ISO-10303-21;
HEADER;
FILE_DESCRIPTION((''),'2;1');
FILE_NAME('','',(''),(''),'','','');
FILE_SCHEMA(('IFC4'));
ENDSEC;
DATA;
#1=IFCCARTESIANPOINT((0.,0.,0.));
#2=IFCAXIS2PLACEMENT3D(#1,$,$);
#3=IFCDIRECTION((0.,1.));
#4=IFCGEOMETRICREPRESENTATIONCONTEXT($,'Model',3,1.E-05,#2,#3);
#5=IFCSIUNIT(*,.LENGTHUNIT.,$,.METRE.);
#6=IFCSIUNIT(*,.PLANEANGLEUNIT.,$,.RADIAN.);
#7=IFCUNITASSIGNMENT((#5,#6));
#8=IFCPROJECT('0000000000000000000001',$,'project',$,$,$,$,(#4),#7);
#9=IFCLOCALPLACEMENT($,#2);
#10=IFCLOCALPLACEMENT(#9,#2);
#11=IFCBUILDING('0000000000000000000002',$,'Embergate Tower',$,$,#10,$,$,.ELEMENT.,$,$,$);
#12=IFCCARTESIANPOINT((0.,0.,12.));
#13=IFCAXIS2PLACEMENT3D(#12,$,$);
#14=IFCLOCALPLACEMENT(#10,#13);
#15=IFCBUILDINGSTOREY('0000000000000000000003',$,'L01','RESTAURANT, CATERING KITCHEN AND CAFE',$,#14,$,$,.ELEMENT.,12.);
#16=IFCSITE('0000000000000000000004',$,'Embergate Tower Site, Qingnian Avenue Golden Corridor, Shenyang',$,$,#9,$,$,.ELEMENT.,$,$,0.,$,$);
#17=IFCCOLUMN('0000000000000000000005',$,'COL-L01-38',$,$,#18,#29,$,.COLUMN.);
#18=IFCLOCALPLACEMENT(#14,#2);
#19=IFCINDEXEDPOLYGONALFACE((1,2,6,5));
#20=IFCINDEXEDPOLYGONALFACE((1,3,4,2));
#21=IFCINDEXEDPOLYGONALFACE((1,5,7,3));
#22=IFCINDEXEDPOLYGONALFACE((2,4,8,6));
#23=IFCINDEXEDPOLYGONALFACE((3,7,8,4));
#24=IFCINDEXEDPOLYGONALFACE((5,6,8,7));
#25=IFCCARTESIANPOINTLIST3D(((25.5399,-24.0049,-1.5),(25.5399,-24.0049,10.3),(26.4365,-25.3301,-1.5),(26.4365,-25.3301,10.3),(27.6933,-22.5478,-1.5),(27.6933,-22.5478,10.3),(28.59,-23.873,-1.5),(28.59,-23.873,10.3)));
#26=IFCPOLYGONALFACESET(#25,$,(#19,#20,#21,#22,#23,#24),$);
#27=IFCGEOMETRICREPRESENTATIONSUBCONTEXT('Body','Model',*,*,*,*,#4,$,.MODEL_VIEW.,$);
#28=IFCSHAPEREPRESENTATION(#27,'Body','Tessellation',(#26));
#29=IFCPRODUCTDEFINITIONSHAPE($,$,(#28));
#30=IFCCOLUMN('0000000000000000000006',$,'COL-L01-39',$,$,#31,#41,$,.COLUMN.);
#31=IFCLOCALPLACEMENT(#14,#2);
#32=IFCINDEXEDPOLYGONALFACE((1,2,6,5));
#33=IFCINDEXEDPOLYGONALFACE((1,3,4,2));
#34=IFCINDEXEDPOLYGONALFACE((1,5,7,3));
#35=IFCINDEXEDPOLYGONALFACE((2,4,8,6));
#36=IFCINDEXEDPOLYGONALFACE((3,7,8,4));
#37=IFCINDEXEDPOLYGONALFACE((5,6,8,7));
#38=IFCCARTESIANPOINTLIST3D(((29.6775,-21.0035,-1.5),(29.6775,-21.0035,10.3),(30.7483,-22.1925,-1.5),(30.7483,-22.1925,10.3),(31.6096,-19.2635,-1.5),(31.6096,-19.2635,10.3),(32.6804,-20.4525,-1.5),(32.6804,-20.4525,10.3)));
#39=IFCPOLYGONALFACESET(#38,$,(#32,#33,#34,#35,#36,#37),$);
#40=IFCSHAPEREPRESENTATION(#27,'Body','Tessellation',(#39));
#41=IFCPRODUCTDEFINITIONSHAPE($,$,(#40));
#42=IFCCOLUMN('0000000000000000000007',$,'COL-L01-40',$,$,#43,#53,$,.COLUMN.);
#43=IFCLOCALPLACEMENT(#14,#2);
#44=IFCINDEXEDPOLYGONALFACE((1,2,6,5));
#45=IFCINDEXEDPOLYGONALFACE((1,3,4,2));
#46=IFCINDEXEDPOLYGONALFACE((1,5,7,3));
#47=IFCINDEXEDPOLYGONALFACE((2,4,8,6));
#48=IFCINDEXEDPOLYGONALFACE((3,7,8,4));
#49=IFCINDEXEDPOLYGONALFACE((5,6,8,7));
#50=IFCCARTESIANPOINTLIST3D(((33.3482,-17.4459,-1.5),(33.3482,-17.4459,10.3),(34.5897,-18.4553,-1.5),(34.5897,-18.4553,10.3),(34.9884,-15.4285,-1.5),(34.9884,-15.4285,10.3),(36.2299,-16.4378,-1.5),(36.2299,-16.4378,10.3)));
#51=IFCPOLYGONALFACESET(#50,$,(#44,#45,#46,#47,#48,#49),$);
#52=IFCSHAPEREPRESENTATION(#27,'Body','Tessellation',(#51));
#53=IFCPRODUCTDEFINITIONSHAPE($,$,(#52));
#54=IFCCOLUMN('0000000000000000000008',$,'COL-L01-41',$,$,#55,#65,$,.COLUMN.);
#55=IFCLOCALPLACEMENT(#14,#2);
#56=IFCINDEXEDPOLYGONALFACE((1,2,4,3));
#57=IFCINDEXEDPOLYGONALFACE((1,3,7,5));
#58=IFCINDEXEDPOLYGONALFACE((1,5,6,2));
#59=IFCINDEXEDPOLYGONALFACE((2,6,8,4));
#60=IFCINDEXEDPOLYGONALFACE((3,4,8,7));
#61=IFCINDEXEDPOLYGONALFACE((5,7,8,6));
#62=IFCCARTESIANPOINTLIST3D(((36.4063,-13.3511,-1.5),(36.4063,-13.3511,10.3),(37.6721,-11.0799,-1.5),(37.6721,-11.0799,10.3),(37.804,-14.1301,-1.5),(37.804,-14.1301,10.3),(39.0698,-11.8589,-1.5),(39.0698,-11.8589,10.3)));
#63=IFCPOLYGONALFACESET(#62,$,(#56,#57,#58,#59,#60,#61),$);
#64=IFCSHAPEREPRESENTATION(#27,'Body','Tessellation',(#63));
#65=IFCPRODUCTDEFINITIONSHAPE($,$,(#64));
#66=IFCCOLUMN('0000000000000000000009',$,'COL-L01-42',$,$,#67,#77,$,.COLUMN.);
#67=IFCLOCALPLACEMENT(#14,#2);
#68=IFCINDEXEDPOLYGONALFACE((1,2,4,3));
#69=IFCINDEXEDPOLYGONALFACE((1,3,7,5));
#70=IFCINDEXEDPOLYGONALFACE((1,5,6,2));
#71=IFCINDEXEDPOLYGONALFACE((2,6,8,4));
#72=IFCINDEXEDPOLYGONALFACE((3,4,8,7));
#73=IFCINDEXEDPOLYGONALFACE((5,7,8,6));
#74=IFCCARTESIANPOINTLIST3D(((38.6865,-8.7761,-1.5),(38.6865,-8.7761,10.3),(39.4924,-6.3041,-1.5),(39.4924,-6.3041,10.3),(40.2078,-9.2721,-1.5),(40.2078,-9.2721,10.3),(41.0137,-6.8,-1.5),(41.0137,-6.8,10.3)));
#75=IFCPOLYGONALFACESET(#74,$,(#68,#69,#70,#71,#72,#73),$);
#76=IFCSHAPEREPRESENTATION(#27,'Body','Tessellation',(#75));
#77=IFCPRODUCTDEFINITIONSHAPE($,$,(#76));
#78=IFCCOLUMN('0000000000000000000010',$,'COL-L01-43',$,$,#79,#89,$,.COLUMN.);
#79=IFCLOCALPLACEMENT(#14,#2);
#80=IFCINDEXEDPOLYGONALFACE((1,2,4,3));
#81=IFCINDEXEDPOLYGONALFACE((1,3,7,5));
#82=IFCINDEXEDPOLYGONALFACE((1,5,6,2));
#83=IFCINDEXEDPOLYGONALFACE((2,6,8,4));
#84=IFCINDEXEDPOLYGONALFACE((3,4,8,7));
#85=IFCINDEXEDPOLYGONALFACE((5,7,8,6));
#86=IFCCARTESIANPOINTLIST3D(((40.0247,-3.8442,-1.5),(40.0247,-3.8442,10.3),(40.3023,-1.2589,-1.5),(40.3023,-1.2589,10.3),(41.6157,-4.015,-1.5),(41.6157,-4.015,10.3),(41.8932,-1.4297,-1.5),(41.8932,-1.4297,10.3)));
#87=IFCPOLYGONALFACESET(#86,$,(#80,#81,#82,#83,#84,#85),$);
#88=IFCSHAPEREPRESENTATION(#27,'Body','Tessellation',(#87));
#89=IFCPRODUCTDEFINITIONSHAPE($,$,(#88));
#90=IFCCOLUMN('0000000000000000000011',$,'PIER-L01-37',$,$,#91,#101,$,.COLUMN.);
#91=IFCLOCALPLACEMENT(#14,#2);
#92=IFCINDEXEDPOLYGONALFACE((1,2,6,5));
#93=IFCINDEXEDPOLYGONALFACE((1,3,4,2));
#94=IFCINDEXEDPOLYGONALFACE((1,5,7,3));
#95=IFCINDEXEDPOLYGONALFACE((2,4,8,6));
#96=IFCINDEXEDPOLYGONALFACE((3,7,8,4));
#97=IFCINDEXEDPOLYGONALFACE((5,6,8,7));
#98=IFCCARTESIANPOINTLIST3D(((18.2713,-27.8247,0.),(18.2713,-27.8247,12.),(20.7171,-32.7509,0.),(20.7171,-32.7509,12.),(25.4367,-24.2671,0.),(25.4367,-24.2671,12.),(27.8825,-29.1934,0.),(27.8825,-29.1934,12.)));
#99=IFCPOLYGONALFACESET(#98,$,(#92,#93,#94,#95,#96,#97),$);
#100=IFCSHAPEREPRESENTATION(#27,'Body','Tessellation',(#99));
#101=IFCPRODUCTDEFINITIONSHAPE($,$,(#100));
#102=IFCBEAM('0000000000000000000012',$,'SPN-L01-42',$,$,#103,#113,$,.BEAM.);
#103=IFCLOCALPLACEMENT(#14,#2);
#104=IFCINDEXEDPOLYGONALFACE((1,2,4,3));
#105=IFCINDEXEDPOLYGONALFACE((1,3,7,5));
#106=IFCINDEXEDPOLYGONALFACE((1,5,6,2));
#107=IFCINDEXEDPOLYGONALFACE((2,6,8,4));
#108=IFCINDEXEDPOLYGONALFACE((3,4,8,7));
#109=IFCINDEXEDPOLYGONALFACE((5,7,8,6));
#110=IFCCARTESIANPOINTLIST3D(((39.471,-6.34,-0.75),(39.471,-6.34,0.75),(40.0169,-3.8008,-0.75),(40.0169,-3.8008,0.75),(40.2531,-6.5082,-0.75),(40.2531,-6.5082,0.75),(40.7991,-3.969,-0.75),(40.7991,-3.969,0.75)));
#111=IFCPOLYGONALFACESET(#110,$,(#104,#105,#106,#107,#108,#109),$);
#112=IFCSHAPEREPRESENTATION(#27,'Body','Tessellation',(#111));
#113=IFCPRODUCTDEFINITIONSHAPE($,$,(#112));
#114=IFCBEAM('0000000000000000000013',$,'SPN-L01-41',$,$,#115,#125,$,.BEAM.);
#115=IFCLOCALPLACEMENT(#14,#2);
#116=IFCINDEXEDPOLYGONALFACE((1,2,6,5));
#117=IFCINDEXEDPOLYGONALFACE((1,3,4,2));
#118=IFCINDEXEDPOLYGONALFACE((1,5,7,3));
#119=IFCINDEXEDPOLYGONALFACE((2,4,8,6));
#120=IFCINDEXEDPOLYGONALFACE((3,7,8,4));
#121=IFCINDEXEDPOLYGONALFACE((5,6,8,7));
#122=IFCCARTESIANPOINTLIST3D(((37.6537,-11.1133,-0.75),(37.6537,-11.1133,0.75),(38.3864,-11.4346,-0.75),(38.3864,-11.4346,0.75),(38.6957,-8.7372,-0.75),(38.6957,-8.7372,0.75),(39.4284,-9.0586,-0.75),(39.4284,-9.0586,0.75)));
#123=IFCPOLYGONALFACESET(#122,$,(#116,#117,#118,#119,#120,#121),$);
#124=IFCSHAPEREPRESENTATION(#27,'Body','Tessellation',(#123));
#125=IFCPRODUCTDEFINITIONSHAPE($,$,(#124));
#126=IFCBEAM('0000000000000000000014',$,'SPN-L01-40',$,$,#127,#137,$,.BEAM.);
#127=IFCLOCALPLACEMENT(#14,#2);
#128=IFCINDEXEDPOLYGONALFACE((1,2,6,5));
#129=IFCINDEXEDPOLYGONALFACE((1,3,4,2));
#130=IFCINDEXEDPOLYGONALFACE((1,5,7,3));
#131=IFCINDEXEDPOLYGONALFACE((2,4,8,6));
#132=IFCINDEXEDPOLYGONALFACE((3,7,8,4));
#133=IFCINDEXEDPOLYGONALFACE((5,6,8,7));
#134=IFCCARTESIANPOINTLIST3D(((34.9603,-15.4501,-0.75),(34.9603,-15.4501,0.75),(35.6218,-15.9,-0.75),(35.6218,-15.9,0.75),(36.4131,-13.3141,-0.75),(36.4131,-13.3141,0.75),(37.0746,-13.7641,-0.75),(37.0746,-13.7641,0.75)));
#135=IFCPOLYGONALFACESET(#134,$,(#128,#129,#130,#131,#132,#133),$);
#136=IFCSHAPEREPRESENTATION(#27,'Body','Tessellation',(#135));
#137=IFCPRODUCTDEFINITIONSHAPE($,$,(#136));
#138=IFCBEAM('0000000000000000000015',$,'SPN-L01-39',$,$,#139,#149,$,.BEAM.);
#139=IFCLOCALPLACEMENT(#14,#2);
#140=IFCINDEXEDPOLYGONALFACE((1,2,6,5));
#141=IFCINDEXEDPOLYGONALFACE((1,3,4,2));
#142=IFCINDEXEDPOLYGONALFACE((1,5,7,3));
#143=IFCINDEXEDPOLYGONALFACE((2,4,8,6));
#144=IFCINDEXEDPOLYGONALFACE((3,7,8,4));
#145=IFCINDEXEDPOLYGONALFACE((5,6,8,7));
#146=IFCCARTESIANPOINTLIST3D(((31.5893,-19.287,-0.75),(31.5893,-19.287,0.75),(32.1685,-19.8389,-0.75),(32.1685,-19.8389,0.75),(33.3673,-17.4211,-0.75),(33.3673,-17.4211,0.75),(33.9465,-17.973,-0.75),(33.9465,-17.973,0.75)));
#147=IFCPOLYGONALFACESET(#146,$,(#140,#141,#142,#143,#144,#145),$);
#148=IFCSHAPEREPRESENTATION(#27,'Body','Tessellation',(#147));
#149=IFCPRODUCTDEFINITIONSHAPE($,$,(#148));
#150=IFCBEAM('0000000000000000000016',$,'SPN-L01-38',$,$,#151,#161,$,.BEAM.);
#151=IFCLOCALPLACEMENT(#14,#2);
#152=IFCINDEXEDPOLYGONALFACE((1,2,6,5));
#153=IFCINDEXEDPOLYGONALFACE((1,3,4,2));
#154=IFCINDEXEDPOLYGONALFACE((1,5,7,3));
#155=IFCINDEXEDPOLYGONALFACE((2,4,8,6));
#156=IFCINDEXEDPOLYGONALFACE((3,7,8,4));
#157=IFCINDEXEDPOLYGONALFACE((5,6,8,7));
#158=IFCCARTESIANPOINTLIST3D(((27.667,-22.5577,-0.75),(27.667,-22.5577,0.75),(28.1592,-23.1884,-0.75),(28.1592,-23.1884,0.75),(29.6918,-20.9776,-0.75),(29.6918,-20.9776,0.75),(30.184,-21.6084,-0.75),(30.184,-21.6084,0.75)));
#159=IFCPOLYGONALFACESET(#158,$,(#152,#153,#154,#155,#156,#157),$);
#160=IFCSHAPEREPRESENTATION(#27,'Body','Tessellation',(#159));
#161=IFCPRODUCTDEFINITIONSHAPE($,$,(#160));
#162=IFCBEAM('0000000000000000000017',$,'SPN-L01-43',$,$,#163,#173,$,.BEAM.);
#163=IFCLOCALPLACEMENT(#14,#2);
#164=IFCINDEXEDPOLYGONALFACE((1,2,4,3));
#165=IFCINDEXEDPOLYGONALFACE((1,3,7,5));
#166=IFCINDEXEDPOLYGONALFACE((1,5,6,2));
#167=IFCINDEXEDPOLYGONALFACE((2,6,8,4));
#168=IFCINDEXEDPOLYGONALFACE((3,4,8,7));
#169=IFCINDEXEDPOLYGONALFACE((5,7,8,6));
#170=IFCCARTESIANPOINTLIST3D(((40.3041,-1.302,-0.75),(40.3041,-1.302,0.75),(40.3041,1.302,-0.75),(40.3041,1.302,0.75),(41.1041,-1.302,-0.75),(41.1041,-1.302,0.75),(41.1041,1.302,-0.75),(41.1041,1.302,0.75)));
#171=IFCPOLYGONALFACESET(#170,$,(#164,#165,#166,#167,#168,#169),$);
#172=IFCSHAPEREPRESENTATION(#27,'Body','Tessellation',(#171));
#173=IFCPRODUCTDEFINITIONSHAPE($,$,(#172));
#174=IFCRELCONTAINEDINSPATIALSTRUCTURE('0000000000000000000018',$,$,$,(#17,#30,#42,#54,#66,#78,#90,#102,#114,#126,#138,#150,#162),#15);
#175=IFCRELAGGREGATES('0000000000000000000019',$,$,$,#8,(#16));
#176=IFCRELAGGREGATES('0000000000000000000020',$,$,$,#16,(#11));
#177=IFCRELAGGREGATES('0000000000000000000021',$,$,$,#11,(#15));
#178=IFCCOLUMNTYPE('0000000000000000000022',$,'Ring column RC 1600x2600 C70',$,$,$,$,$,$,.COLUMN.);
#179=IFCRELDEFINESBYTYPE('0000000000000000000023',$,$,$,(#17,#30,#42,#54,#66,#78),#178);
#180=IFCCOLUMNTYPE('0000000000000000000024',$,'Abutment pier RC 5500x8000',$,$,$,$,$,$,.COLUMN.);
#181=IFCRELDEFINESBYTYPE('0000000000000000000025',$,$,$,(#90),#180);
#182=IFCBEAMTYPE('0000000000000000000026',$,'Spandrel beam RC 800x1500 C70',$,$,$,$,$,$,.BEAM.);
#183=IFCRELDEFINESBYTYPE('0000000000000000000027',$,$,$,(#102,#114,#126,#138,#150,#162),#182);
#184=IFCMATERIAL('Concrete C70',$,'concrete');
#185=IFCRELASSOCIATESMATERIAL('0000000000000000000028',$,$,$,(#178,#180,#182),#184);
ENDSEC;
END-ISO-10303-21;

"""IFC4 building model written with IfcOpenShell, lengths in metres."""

from ifc_helpers import new_model, si_unit, direction, frame, origin, origin_2d, place, context, subcontext, project, spatial, rectangle, extrude, source, transform, mapped, material, material_profile, profile_set, type_object, element, save


model = new_model("IFC4")

# Units and contexts
model_context = context("Model", 3, precision=1e-05, world=origin(), true_north=direction((0.0, 1.0)))
body_context = subcontext(model_context, "Body", "Model", "MODEL_VIEW")
ifc_project = project(units=[si_unit("LENGTHUNIT", "METRE"), si_unit("PLANEANGLEUNIT", "RADIAN")], contexts=[model_context])

# Site, building, storey
site_placement = place(None, origin())
site = spatial("IfcSite", under=ifc_project, at=site_placement, Name="Embergate Tower Site, Qingnian Avenue Golden Corridor, Shenyang", CompositionType="ELEMENT", RefElevation=0.0)
building_placement = place(site_placement, origin())
building = spatial("IfcBuilding", under=site, at=building_placement, Name="Embergate Tower", CompositionType="ELEMENT")
storey_placement = place(building_placement, frame((0.0, 0.0, 12.0)))
storey = spatial("IfcBuildingStorey", under=building, at=storey_placement, Name="L01", Description="RESTAURANT, CATERING KITCHEN AND CAFE", CompositionType="ELEMENT", Elevation=12.0)

# Columns
ifc_material_1 = material(Name="Concrete C70", Category="concrete")
ifc_material_profile_1 = material_profile(ifc_material_1, rectangle(XDim=1.6001, YDim=2.6001, at=origin_2d()), Name="RC 1600x2600")
ifc_profile_set_1 = profile_set([ifc_material_profile_1], Name="Concrete C70")
column_type_1 = type_object("IfcColumnType", Name="Ring column RC 1600x2600 C70", PredefinedType="COLUMN", material=ifc_profile_set_1)
shared_shape_1 = source(origin(), body_context, "Body", "SweptSolid", [
    extrude(rectangle(XDim=1.6001, YDim=2.6001, at=origin_2d()), origin(), (0.0, 0.0, 1.0), 11.8),
])
for number, where, z_axis, x_axis, name in (
    (1, (27.0649, -23.939, -1.5), (0.0, 0.0, 1.0), (0.560393, -0.828227, 0.0), "COL-L01-38"),
    (2, (31.179, -20.728, -1.5), (0.0, 0.0, 1.0), (0.669208, -0.743075, 0.0), "COL-L01-39"),
    (3, (34.7891, -16.9419, -1.5), (0.0, 0.0, 1.0), (0.775925, -0.630825, 0.0), "COL-L01-40"),
    (4, (37.738, -12.605, -1.5), (0.0, 0.0, 1.0), (0.873492, -0.486839, 0.0), "COL-L01-41"),
    (5, (39.8501, -7.7881, -1.5), (0.0, 0.0, 1.0), (0.950754, -0.309946, 0.0), "COL-L01-42"),
    (6, (40.959, -2.637, -1.5), (0.0, 0.0, 1.0), (0.994286, -0.10675, 0.0), "COL-L01-43"),
):
    element("IfcColumn", number, at=place(storey_placement, frame(where, z_axis=z_axis, x_axis=x_axis)), inside=storey, type_object=column_type_1, Name=name, PredefinedType="COLUMN", context=body_context, shape_type="MappedRepresentation", body=[
        mapped(shared_shape_1, transform((0.0, 0.0, 0.0))),
    ])
ifc_material_profile_2 = material_profile(ifc_material_1, rectangle(XDim=5.5, YDim=8.0, at=origin_2d()), Name="RC 5500x8000")
ifc_profile_set_2 = profile_set([ifc_material_profile_2], Name="Concrete C70")
column_type_2 = type_object("IfcColumnType", Name="Abutment pier RC 5500x8000", PredefinedType="COLUMN", material=ifc_profile_set_2)
shared_shape_2 = source(origin(), body_context, "Body", "SweptSolid", [
    extrude(rectangle(XDim=5.5, YDim=8.0, at=origin_2d()), origin(), (0.0, 0.0, 1.0), 12.0),
])
column_placement = place(storey_placement, frame((23.0769, -28.509, 0.0), z_axis=(0.0, 0.0, 1.0), x_axis=(0.444698, -0.895681, 0.0)))
element("IfcColumn", 7, at=column_placement, inside=storey, type_object=column_type_2, Name="PIER-L01-37", PredefinedType="COLUMN", context=body_context, shape_type="MappedRepresentation", body=[
    mapped(shared_shape_2, transform((0.0, 0.0, 0.0))),
])

# Beams
ifc_material_profile_3 = material_profile(ifc_material_1, rectangle(XDim=0.8, YDim=1.5, at=origin_2d()), Name="RC 800x1500")
ifc_profile_set_3 = profile_set([ifc_material_profile_3], Name="Concrete C70")
beam_type_1 = type_object("IfcBeamType", Name="Spandrel beam RC 800x1500 C70", PredefinedType="BEAM", material=ifc_profile_set_3)
shared_shape_3 = source(origin(), body_context, "Body", "SweptSolid", [
    extrude(rectangle(XDim=0.8, YDim=1.5, at=origin_2d()), origin(), (0.0, 0.0, 1.0), 2.5972),
])
beam_1_placement = place(storey_placement, frame((39.8621, -6.4241, 0.0), z_axis=(0.210197, 0.977659, 0.0), x_axis=(-0.977659, 0.210197, 0.0)))
element("IfcBeam", 8, at=beam_1_placement, inside=storey, type_object=beam_type_1, Name="SPN-L01-42", PredefinedType="BEAM", context=body_context, shape_type="MappedRepresentation", body=[
    mapped(shared_shape_3, transform((0.0, 0.0, 0.0))),
])
shared_shape_4 = source(origin(), body_context, "Body", "SweptSolid", [
    extrude(rectangle(XDim=0.8, YDim=1.5, at=origin_2d()), origin(), (0.0, 0.0, 1.0), 2.5945),
])
beam_2_placement = place(storey_placement, frame((38.02, -11.2739, 0.0), z_axis=(0.401628, 0.915803, 0.0), x_axis=(-0.915803, 0.401628, 0.0)))
element("IfcBeam", 9, at=beam_2_placement, inside=storey, type_object=beam_type_1, Name="SPN-L01-41", PredefinedType="BEAM", context=body_context, shape_type="MappedRepresentation", body=[
    mapped(shared_shape_4, transform((0.0, 0.0, 0.0))),
])
shared_shape_5 = source(origin(), body_context, "Body", "SweptSolid", [
    extrude(rectangle(XDim=0.8, YDim=1.5, at=origin_2d()), origin(), (0.0, 0.0, 1.0), 2.5833),
])
beam_3_placement = place(storey_placement, frame((35.291, -15.675, 0.0), z_axis=(0.562419, 0.826853, 0.0), x_axis=(-0.826853, 0.562419, 0.0)))
element("IfcBeam", 10, at=beam_3_placement, inside=storey, type_object=beam_type_1, Name="SPN-L01-40", PredefinedType="BEAM", context=body_context, shape_type="MappedRepresentation", body=[
    mapped(shared_shape_5, transform((0.0, 0.0, 0.0))),
])
shared_shape_6 = source(origin(), body_context, "Body", "SweptSolid", [
    extrude(rectangle(XDim=0.8, YDim=1.5, at=origin_2d()), origin(), (0.0, 0.0, 1.0), 2.5774),
])
beam_4_placement = place(storey_placement, frame((31.8789, -19.563, 0.0), z_axis=(0.689851, 0.723951, 0.0), x_axis=(-0.723951, 0.689851, 0.0)))
element("IfcBeam", 11, at=beam_4_placement, inside=storey, type_object=beam_type_1, Name="SPN-L01-39", PredefinedType="BEAM", context=body_context, shape_type="MappedRepresentation", body=[
    mapped(shared_shape_6, transform((0.0, 0.0, 0.0))),
])
shared_shape_7 = source(origin(), body_context, "Body", "SweptSolid", [
    extrude(rectangle(XDim=0.8, YDim=1.5, at=origin_2d()), origin(), (0.0, 0.0, 1.0), 2.5684),
])
beam_5_placement = place(storey_placement, frame((27.9131, -22.873, 0.0), z_axis=(0.788379, 0.61519, 0.0), x_axis=(-0.61519, 0.788379, 0.0)))
element("IfcBeam", 12, at=beam_5_placement, inside=storey, type_object=beam_type_1, Name="SPN-L01-38", PredefinedType="BEAM", context=body_context, shape_type="MappedRepresentation", body=[
    mapped(shared_shape_7, transform((0.0, 0.0, 0.0))),
])
shared_shape_8 = source(origin(), body_context, "Body", "SweptSolid", [
    extrude(rectangle(XDim=0.8, YDim=1.5, at=origin_2d()), origin(), (0.0, 0.0, 1.0), 2.604),
])
beam_6_placement = place(storey_placement, frame((40.7041, -1.302, 0.0), z_axis=(0.0, 1.0, 0.0), x_axis=(-1.0, 0.0, 0.0)))
element("IfcBeam", 13, at=beam_6_placement, inside=storey, type_object=beam_type_1, Name="SPN-L01-43", PredefinedType="BEAM", context=body_context, shape_type="MappedRepresentation", body=[
    mapped(shared_shape_8, transform((0.0, 0.0, 0.0))),
])

save(model, "model.ifc")
